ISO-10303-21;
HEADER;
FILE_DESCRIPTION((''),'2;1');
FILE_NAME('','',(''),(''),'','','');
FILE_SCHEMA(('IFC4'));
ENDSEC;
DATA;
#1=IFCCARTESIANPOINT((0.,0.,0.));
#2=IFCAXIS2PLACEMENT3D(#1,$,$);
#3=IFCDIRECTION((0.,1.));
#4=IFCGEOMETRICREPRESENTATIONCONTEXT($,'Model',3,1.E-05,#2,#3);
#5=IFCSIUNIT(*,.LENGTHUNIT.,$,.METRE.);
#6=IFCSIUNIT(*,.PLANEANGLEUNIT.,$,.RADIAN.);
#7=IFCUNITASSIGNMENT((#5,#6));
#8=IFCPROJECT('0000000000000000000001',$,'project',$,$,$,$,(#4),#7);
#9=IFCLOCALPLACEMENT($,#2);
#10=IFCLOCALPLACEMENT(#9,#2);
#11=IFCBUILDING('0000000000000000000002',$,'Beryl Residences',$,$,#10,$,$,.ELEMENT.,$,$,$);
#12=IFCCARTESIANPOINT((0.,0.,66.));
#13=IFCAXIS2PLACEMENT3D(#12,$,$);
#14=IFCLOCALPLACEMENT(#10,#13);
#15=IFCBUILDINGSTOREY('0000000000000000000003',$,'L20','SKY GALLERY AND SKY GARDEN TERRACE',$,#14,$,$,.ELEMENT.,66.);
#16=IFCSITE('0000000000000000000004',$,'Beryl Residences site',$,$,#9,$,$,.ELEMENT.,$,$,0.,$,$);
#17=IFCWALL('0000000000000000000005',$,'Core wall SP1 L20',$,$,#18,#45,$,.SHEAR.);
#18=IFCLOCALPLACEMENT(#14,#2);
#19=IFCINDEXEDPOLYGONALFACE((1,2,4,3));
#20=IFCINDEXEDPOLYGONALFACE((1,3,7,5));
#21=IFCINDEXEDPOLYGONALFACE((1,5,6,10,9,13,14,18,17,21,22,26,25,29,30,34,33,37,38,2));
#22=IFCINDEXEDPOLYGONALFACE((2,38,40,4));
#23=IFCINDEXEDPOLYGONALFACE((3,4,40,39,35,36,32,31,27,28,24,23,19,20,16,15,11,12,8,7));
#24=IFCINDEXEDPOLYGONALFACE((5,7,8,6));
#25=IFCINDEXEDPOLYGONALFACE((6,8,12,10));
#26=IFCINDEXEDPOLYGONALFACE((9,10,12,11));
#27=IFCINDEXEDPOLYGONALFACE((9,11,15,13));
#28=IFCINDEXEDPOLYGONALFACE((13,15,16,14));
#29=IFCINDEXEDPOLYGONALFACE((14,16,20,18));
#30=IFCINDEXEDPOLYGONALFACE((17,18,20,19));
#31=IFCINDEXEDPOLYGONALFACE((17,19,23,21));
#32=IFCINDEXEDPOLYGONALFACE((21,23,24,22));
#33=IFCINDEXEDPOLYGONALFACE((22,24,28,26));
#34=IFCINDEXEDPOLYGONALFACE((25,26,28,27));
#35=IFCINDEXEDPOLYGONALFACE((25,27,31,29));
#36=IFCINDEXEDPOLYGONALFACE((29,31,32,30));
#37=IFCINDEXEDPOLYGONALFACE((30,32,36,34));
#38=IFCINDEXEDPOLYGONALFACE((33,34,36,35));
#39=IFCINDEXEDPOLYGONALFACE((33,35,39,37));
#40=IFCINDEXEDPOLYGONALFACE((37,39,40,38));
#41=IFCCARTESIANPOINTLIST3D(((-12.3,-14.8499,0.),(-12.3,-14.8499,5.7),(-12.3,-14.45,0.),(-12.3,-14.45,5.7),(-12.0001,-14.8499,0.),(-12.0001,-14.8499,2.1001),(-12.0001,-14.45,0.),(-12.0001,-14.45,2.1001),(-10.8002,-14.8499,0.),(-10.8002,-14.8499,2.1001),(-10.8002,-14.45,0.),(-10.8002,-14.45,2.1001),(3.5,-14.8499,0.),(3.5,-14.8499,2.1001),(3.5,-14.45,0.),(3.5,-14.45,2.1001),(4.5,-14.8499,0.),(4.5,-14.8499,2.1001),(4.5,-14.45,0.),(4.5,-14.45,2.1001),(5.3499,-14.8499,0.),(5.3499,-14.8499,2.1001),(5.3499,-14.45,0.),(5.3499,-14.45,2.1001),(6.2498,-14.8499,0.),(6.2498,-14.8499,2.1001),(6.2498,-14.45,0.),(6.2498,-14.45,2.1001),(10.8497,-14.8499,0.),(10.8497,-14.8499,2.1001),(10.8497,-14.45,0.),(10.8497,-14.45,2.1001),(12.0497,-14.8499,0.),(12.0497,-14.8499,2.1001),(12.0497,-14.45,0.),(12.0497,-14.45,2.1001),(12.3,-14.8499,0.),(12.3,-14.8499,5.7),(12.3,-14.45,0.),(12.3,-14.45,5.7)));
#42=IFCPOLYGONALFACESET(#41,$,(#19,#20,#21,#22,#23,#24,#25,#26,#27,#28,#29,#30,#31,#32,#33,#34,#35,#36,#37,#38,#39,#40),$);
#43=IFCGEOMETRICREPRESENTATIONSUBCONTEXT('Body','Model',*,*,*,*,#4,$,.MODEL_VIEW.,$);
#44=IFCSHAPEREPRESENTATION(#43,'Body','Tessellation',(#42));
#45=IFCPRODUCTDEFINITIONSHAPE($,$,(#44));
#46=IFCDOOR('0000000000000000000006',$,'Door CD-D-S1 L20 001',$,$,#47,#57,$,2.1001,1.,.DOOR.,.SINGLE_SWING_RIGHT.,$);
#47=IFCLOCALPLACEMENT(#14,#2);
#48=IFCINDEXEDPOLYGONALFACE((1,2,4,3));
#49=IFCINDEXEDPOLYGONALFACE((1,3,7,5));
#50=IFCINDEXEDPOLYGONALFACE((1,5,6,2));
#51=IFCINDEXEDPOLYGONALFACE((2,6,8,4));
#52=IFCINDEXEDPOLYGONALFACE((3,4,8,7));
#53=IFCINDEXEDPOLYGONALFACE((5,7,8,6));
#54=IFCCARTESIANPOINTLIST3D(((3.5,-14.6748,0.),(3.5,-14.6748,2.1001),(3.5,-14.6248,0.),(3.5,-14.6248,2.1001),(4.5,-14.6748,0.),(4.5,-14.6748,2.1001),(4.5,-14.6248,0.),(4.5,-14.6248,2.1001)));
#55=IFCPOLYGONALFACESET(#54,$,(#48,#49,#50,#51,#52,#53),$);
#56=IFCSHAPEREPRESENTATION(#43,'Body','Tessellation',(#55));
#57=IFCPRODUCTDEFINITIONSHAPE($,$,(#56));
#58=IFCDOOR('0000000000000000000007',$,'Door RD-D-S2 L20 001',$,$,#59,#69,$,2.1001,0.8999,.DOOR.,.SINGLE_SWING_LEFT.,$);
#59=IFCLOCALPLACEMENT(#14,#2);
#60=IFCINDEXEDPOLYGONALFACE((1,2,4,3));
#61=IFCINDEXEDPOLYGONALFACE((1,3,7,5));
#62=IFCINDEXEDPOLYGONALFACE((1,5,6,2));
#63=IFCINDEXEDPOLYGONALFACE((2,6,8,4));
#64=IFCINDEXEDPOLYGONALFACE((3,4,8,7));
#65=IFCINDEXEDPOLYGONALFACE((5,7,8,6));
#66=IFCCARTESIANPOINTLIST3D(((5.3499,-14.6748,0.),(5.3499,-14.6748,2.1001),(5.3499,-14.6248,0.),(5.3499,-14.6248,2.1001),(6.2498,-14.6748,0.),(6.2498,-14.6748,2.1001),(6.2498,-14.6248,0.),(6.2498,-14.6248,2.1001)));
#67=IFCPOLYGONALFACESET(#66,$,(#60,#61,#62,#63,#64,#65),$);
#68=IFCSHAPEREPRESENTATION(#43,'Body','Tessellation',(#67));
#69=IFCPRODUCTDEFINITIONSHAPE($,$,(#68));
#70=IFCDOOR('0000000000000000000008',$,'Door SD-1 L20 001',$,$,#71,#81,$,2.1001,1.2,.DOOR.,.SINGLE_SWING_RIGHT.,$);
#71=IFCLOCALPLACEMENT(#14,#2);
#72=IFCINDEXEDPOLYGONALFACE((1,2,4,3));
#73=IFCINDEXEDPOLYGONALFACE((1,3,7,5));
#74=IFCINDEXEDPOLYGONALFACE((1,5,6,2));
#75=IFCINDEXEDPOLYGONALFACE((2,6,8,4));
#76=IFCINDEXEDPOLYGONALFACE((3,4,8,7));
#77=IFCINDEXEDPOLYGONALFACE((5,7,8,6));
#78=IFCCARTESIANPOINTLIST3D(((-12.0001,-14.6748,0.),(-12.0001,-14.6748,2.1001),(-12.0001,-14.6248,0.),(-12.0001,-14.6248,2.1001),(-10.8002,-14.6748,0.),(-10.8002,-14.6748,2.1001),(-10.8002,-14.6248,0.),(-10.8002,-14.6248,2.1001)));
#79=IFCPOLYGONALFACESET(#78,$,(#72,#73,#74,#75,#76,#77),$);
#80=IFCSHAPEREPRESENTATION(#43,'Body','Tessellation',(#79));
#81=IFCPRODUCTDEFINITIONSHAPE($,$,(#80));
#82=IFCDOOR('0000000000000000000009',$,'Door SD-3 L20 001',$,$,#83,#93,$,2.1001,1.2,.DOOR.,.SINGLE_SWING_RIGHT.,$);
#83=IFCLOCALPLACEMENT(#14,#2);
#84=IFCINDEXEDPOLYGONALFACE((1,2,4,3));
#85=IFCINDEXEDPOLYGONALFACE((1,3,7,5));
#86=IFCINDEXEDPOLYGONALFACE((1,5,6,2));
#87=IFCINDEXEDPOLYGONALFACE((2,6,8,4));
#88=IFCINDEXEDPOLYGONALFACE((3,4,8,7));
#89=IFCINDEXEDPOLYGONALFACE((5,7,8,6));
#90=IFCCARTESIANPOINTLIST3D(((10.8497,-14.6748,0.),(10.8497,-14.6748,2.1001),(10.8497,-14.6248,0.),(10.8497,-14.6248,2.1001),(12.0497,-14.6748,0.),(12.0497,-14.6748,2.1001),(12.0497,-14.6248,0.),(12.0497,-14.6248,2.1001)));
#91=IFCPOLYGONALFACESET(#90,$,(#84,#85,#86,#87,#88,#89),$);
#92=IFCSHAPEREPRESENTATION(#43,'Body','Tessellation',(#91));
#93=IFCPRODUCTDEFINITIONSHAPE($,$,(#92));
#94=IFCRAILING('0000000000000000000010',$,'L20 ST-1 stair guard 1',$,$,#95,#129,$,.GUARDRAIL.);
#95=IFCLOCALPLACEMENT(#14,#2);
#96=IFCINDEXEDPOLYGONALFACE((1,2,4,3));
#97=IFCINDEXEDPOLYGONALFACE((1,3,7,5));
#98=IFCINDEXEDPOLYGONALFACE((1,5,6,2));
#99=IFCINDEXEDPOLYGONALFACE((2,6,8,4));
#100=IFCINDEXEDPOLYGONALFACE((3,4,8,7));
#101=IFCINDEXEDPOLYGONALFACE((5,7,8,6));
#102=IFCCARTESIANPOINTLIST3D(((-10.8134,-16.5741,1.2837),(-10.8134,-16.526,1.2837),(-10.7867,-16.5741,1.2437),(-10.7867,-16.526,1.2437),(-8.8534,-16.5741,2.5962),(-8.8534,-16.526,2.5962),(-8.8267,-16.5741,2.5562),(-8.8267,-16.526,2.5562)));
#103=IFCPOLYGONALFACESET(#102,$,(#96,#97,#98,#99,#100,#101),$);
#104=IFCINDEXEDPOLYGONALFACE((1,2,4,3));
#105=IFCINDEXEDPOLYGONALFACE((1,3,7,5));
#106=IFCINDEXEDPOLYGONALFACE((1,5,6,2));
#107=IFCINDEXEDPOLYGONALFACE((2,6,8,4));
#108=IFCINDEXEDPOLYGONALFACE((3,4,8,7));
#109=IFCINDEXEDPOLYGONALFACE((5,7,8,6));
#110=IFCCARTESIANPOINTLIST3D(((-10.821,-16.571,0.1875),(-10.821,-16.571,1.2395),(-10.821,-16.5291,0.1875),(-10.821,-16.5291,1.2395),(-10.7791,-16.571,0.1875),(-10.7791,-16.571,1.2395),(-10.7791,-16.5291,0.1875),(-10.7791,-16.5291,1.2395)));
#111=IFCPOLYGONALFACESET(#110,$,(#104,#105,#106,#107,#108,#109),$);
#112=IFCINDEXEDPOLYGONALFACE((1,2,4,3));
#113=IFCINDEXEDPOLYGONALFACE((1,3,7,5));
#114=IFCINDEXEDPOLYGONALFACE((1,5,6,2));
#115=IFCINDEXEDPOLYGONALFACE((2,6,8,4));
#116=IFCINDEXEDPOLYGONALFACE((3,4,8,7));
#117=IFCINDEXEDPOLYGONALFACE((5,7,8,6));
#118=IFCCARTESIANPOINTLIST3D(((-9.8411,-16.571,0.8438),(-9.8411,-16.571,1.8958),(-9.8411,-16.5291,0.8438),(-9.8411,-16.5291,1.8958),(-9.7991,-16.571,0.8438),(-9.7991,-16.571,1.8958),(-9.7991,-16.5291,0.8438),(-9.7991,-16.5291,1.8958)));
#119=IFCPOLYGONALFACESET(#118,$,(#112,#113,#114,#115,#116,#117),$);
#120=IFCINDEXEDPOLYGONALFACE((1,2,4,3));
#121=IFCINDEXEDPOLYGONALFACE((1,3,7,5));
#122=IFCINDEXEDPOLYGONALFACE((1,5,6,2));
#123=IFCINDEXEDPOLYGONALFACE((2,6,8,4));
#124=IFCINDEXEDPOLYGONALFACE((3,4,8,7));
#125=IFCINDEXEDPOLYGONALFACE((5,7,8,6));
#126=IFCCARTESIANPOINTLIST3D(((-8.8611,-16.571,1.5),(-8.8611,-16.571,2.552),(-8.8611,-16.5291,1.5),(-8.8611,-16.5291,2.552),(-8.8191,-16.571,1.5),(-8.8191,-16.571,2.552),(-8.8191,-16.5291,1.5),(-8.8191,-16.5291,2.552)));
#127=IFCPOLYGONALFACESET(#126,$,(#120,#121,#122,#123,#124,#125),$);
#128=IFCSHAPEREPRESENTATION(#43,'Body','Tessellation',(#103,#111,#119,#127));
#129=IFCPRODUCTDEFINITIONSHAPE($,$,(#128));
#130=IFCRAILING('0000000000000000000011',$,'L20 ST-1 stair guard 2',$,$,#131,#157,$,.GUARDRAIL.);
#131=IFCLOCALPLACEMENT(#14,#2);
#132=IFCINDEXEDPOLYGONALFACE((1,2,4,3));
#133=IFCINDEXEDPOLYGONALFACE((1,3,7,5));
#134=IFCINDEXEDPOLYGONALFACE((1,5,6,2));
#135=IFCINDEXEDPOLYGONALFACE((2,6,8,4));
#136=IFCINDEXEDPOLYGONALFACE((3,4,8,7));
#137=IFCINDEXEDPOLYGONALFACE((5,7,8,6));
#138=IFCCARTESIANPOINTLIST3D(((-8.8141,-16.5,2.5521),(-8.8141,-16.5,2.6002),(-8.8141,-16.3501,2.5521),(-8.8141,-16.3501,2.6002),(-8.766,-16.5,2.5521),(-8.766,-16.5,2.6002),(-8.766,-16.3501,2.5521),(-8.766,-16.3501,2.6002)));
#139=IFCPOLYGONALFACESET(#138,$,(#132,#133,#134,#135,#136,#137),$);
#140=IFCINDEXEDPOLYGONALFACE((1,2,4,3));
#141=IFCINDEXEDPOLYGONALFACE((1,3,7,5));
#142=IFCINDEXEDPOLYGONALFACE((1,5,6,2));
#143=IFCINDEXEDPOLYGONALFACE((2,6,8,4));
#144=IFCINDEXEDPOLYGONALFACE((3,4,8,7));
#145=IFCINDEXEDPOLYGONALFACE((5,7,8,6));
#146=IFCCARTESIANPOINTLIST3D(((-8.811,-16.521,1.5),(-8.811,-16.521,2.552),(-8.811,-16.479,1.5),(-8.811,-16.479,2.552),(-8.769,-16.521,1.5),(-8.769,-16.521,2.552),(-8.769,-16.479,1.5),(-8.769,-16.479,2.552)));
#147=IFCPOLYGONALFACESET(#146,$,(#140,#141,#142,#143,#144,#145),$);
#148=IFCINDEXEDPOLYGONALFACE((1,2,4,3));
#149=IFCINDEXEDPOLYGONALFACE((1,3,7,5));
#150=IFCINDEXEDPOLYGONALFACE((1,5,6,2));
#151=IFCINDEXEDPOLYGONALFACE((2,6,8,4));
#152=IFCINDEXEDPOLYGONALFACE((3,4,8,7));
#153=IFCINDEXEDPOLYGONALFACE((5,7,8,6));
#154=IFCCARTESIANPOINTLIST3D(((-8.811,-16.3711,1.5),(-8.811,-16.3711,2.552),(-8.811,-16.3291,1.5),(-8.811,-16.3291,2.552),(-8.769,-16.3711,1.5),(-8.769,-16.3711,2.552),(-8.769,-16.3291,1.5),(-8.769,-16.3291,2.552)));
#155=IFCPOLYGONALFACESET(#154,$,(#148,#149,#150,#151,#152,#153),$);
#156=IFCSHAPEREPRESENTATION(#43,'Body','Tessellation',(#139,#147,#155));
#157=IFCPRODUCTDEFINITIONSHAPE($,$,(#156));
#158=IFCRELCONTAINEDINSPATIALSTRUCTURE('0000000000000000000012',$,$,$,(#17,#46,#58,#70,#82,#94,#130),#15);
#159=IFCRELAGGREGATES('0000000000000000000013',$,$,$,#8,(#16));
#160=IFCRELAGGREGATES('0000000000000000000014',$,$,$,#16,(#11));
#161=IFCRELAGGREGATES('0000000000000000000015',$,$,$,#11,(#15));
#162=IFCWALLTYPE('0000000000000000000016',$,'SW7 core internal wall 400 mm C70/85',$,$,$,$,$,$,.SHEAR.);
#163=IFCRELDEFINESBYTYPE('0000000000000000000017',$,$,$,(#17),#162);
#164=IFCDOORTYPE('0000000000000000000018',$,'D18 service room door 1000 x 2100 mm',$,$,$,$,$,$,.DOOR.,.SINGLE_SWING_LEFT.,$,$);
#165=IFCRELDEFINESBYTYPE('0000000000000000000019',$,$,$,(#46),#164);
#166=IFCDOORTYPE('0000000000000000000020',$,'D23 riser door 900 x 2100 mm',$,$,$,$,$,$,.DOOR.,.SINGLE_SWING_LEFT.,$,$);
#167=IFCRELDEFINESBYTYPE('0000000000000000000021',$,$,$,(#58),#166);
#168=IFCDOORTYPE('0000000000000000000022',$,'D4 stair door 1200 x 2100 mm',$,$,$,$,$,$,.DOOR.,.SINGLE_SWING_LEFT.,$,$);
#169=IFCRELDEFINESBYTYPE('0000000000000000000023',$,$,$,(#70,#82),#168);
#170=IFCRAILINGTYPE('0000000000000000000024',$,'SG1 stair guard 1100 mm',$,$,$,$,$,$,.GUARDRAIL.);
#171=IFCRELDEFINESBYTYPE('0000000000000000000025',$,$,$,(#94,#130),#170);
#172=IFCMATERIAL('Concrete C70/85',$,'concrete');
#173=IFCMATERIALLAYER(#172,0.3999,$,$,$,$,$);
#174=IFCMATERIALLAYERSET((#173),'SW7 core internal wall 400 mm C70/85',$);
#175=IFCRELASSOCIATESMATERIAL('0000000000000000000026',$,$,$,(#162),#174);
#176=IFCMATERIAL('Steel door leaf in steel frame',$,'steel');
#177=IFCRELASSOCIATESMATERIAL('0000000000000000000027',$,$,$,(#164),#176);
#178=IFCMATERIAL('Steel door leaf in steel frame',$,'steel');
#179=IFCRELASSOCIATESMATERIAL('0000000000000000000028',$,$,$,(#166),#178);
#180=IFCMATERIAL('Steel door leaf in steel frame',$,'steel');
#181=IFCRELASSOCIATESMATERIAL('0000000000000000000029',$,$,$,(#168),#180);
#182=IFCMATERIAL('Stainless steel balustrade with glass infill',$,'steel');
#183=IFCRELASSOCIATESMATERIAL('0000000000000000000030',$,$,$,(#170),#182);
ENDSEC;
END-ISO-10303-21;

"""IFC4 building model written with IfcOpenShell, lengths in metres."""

from ifc_helpers import new_model, si_unit, direction, frame, frame_2d, origin, origin_2d, place, context, subcontext, project, spatial, rectangle, extrude, material, layer, layer_set, type_object, element, fill, save


model = new_model("IFC4")

# Units and contexts
model_context = context("Model", 3, precision=1e-05, world=origin(), true_north=direction((0.0, 1.0)))
body_context = subcontext(model_context, "Body", "Model", "MODEL_VIEW")
ifc_project = project(units=[si_unit("LENGTHUNIT", "METRE"), si_unit("PLANEANGLEUNIT", "RADIAN")], contexts=[model_context])

# Site, building, storey
site_placement = place(None, origin())
site = spatial("IfcSite", under=ifc_project, at=site_placement, Name="Beryl Residences site", CompositionType="ELEMENT", RefElevation=0.0)
building_placement = place(site_placement, origin())
building = spatial("IfcBuilding", under=site, at=building_placement, Name="Beryl Residences", CompositionType="ELEMENT")
storey_placement = place(building_placement, frame((0.0, 0.0, 66.0)))
storey = spatial("IfcBuildingStorey", under=building, at=storey_placement, Name="L20", Description="SKY GALLERY AND SKY GARDEN TERRACE", CompositionType="ELEMENT", Elevation=66.0)

# Wall, openings, doors
ifc_material_1 = material(Name="Concrete C70/85", Category="concrete")
ifc_layer_1 = layer(ifc_material_1, 0.3999)
ifc_layer_set_1 = layer_set([ifc_layer_1], Name="SW7 core internal wall 400 mm C70/85")
wall_type_1 = type_object("IfcWallType", Name="SW7 core internal wall 400 mm C70/85", PredefinedType="SHEAR", material=ifc_layer_set_1)
wall_1_placement = place(storey_placement, frame((-12.3, -14.6499, 0.0), z_axis=(0.0, 0.0, 1.0), x_axis=(1.0, 0.0, 0.0)))
wall_1 = element("IfcWall", 1, at=wall_1_placement, inside=storey, type_object=wall_type_1, Name="Core wall SP1 L20", PredefinedType="SHEAR", context=body_context, shape_type="SweptSolid", body=[
    extrude(rectangle(XDim=24.6001, YDim=0.3999, at=frame_2d((12.3, 0.0))), origin(), (0.0, 0.0, 1.0), 5.7),
])
opening_1_placement = place(wall_1_placement, frame((1.5, 0.0, 0.0), z_axis=(0.0, 0.0, 1.0), x_axis=(-1.0, 0.0, 0.0)))
opening_1 = element("IfcOpeningElement", 2, at=opening_1_placement, cuts=wall_1, PredefinedType="OPENING", context=body_context, shape_type="SweptSolid", body=[
    extrude(rectangle(XDim=1.2, YDim=2.1001, at=frame_2d((0.6001, 1.05))), frame((0.0, 0.21, 0.0), z_axis=(0.0, -1.0, 0.0), x_axis=(1.0, 0.0, 0.0)), (0.0, 0.0, 1.0), 0.4199),
])
opening_2_placement = place(wall_1_placement, frame((24.3499, 0.0, 0.0), z_axis=(0.0, 0.0, 1.0), x_axis=(-1.0, 0.0, 0.0)))
opening_2 = element("IfcOpeningElement", 3, at=opening_2_placement, cuts=wall_1, PredefinedType="OPENING", context=body_context, shape_type="SweptSolid", body=[
    extrude(rectangle(XDim=1.2, YDim=2.1001, at=frame_2d((0.6001, 1.05))), frame((0.0, 0.21, 0.0), z_axis=(0.0, -1.0, 0.0), x_axis=(1.0, 0.0, 0.0)), (0.0, 0.0, 1.0), 0.4199),
])
opening_3_placement = place(wall_1_placement, frame((16.8, 0.0, 0.0), z_axis=(0.0, 0.0, 1.0), x_axis=(-1.0, 0.0, 0.0)))
opening_3 = element("IfcOpeningElement", 4, at=opening_3_placement, cuts=wall_1, PredefinedType="OPENING", context=body_context, shape_type="SweptSolid", body=[
    extrude(rectangle(XDim=1.0, YDim=2.1001, at=frame_2d((0.5, 1.05))), frame((0.0, 0.21, 0.0), z_axis=(0.0, -1.0, 0.0), x_axis=(1.0, 0.0, 0.0)), (0.0, 0.0, 1.0), 0.4199),
])
opening_4_placement = place(wall_1_placement, frame((18.5498, 0.0, 0.0), z_axis=(0.0, 0.0, 1.0), x_axis=(-1.0, 0.0, 0.0)))
opening_4 = element("IfcOpeningElement", 5, at=opening_4_placement, cuts=wall_1, PredefinedType="OPENING", context=body_context, shape_type="SweptSolid", body=[
    extrude(rectangle(XDim=0.8999, YDim=2.1001, at=frame_2d((0.45, 1.05))), frame((0.0, 0.21, 0.0), z_axis=(0.0, -1.0, 0.0), x_axis=(1.0, 0.0, 0.0)), (0.0, 0.0, 1.0), 0.4199),
])
ifc_material_2 = material(Name="Steel door leaf in steel frame", Category="steel")
door_type_1 = type_object("IfcDoorType", Name="D18 service room door 1000 x 2100 mm", OperationType="SINGLE_SWING_LEFT", PredefinedType="DOOR", material=ifc_material_2)
door_1_placement = place(opening_3_placement, origin())
door_1 = element("IfcDoor", 6, at=door_1_placement, inside=storey, type_object=door_type_1, Name="Door CD-D-S1 L20 001", OperationType="SINGLE_SWING_RIGHT", OverallHeight=2.1001, OverallWidth=1.0, PredefinedType="DOOR", context=body_context, shape_type="SweptSolid", body=[
    extrude(rectangle(XDim=1.0, YDim=2.1001, at=frame_2d((0.5, 1.05))), frame((0.0, 0.0249, 0.0), z_axis=(0.0, -1.0, 0.0), x_axis=(1.0, 0.0, 0.0)), (0.0, 0.0, 1.0), 0.05),
])
fill(opening_3, door_1)
ifc_material_3 = material(Name="Steel door leaf in steel frame", Category="steel")
door_type_2 = type_object("IfcDoorType", Name="D23 riser door 900 x 2100 mm", OperationType="SINGLE_SWING_LEFT", PredefinedType="DOOR", material=ifc_material_3)
door_2_placement = place(opening_4_placement, origin())
door_2 = element("IfcDoor", 7, at=door_2_placement, inside=storey, type_object=door_type_2, Name="Door RD-D-S2 L20 001", OperationType="SINGLE_SWING_LEFT", OverallHeight=2.1001, OverallWidth=0.8999, PredefinedType="DOOR", context=body_context, shape_type="SweptSolid", body=[
    extrude(rectangle(XDim=0.8999, YDim=2.1001, at=frame_2d((0.45, 1.05))), frame((0.0, 0.0249, 0.0), z_axis=(0.0, -1.0, 0.0), x_axis=(1.0, 0.0, 0.0)), (0.0, 0.0, 1.0), 0.05),
])
fill(opening_4, door_2)
ifc_material_4 = material(Name="Steel door leaf in steel frame", Category="steel")
door_type_3 = type_object("IfcDoorType", Name="D4 stair door 1200 x 2100 mm", OperationType="SINGLE_SWING_LEFT", PredefinedType="DOOR", material=ifc_material_4)
door_3_placement = place(opening_1_placement, origin())
door_3 = element("IfcDoor", 8, at=door_3_placement, inside=storey, type_object=door_type_3, Name="Door SD-1 L20 001", OperationType="SINGLE_SWING_RIGHT", OverallHeight=2.1001, OverallWidth=1.2, PredefinedType="DOOR", context=body_context, shape_type="SweptSolid", body=[
    extrude(rectangle(XDim=1.2, YDim=2.1001, at=frame_2d((0.6001, 1.05))), frame((0.0, 0.0249, 0.0), z_axis=(0.0, -1.0, 0.0), x_axis=(1.0, 0.0, 0.0)), (0.0, 0.0, 1.0), 0.05),
])
fill(opening_1, door_3)
door_4_placement = place(opening_2_placement, origin())
door_4 = element("IfcDoor", 9, at=door_4_placement, inside=storey, type_object=door_type_3, Name="Door SD-3 L20 001", OperationType="SINGLE_SWING_RIGHT", OverallHeight=2.1001, OverallWidth=1.2, PredefinedType="DOOR", context=body_context, shape_type="SweptSolid", body=[
    extrude(rectangle(XDim=1.2, YDim=2.1001, at=frame_2d((0.6001, 1.05))), frame((0.0, 0.0249, 0.0), z_axis=(0.0, -1.0, 0.0), x_axis=(1.0, 0.0, 0.0)), (0.0, 0.0, 1.0), 0.05),
])
fill(opening_2, door_4)

# Railings
ifc_material_5 = material(Name="Stainless steel balustrade with glass infill", Category="steel")
railing_type_1 = type_object("IfcRailingType", Name="SG1 stair guard 1100 mm", PredefinedType="GUARDRAIL", material=ifc_material_5)
railing_1_placement = place(storey_placement, frame((-10.8, -16.55, 0.1875)))
element("IfcRailing", 10, at=railing_1_placement, inside=storey, type_object=railing_type_1, Name="L20 ST-1 stair guard 1", PredefinedType="GUARDRAIL", context=body_context, shape_type="SweptSolid", body=[
    extrude(rectangle(XDim=0.0481, YDim=0.0481, at=origin_2d()), frame((0.0, 0.0, 1.0762), z_axis=(0.830902, 0.0, 0.556419), x_axis=(0.0, 1.0, 0.0)), (0.0, 0.0, 1.0), 2.3589),
    extrude(rectangle(XDim=0.042, YDim=0.042, at=origin_2d()), origin(), (0.0, 0.0, 1.0), 1.052),
    extrude(rectangle(XDim=0.042, YDim=0.042, at=origin_2d()), frame((0.98, 0.0, 0.6562)), (0.0, 0.0, 1.0), 1.052),
    extrude(rectangle(XDim=0.042, YDim=0.042, at=origin_2d()), frame((1.96, 0.0, 1.3125)), (0.0, 0.0, 1.0), 1.052),
])
railing_2_placement = place(storey_placement, frame((-8.79, -16.5, 1.5)))
element("IfcRailing", 11, at=railing_2_placement, inside=storey, type_object=railing_type_1, Name="L20 ST-1 stair guard 2", PredefinedType="GUARDRAIL", context=body_context, shape_type="SweptSolid", body=[
    extrude(rectangle(XDim=0.0481, YDim=0.0481, at=origin_2d()), frame((0.0, 0.0, 1.0762), z_axis=(0.0, 1.0, 0.0), x_axis=(-1.0, 0.0, 0.0)), (0.0, 0.0, 1.0), 0.1499),
    extrude(rectangle(XDim=0.042, YDim=0.042, at=origin_2d()), origin(), (0.0, 0.0, 1.0), 1.052),
    extrude(rectangle(XDim=0.042, YDim=0.042, at=origin_2d()), frame((0.0, 0.1499, 0.0)), (0.0, 0.0, 1.0), 1.052),
])

save(model, "model.ifc")
